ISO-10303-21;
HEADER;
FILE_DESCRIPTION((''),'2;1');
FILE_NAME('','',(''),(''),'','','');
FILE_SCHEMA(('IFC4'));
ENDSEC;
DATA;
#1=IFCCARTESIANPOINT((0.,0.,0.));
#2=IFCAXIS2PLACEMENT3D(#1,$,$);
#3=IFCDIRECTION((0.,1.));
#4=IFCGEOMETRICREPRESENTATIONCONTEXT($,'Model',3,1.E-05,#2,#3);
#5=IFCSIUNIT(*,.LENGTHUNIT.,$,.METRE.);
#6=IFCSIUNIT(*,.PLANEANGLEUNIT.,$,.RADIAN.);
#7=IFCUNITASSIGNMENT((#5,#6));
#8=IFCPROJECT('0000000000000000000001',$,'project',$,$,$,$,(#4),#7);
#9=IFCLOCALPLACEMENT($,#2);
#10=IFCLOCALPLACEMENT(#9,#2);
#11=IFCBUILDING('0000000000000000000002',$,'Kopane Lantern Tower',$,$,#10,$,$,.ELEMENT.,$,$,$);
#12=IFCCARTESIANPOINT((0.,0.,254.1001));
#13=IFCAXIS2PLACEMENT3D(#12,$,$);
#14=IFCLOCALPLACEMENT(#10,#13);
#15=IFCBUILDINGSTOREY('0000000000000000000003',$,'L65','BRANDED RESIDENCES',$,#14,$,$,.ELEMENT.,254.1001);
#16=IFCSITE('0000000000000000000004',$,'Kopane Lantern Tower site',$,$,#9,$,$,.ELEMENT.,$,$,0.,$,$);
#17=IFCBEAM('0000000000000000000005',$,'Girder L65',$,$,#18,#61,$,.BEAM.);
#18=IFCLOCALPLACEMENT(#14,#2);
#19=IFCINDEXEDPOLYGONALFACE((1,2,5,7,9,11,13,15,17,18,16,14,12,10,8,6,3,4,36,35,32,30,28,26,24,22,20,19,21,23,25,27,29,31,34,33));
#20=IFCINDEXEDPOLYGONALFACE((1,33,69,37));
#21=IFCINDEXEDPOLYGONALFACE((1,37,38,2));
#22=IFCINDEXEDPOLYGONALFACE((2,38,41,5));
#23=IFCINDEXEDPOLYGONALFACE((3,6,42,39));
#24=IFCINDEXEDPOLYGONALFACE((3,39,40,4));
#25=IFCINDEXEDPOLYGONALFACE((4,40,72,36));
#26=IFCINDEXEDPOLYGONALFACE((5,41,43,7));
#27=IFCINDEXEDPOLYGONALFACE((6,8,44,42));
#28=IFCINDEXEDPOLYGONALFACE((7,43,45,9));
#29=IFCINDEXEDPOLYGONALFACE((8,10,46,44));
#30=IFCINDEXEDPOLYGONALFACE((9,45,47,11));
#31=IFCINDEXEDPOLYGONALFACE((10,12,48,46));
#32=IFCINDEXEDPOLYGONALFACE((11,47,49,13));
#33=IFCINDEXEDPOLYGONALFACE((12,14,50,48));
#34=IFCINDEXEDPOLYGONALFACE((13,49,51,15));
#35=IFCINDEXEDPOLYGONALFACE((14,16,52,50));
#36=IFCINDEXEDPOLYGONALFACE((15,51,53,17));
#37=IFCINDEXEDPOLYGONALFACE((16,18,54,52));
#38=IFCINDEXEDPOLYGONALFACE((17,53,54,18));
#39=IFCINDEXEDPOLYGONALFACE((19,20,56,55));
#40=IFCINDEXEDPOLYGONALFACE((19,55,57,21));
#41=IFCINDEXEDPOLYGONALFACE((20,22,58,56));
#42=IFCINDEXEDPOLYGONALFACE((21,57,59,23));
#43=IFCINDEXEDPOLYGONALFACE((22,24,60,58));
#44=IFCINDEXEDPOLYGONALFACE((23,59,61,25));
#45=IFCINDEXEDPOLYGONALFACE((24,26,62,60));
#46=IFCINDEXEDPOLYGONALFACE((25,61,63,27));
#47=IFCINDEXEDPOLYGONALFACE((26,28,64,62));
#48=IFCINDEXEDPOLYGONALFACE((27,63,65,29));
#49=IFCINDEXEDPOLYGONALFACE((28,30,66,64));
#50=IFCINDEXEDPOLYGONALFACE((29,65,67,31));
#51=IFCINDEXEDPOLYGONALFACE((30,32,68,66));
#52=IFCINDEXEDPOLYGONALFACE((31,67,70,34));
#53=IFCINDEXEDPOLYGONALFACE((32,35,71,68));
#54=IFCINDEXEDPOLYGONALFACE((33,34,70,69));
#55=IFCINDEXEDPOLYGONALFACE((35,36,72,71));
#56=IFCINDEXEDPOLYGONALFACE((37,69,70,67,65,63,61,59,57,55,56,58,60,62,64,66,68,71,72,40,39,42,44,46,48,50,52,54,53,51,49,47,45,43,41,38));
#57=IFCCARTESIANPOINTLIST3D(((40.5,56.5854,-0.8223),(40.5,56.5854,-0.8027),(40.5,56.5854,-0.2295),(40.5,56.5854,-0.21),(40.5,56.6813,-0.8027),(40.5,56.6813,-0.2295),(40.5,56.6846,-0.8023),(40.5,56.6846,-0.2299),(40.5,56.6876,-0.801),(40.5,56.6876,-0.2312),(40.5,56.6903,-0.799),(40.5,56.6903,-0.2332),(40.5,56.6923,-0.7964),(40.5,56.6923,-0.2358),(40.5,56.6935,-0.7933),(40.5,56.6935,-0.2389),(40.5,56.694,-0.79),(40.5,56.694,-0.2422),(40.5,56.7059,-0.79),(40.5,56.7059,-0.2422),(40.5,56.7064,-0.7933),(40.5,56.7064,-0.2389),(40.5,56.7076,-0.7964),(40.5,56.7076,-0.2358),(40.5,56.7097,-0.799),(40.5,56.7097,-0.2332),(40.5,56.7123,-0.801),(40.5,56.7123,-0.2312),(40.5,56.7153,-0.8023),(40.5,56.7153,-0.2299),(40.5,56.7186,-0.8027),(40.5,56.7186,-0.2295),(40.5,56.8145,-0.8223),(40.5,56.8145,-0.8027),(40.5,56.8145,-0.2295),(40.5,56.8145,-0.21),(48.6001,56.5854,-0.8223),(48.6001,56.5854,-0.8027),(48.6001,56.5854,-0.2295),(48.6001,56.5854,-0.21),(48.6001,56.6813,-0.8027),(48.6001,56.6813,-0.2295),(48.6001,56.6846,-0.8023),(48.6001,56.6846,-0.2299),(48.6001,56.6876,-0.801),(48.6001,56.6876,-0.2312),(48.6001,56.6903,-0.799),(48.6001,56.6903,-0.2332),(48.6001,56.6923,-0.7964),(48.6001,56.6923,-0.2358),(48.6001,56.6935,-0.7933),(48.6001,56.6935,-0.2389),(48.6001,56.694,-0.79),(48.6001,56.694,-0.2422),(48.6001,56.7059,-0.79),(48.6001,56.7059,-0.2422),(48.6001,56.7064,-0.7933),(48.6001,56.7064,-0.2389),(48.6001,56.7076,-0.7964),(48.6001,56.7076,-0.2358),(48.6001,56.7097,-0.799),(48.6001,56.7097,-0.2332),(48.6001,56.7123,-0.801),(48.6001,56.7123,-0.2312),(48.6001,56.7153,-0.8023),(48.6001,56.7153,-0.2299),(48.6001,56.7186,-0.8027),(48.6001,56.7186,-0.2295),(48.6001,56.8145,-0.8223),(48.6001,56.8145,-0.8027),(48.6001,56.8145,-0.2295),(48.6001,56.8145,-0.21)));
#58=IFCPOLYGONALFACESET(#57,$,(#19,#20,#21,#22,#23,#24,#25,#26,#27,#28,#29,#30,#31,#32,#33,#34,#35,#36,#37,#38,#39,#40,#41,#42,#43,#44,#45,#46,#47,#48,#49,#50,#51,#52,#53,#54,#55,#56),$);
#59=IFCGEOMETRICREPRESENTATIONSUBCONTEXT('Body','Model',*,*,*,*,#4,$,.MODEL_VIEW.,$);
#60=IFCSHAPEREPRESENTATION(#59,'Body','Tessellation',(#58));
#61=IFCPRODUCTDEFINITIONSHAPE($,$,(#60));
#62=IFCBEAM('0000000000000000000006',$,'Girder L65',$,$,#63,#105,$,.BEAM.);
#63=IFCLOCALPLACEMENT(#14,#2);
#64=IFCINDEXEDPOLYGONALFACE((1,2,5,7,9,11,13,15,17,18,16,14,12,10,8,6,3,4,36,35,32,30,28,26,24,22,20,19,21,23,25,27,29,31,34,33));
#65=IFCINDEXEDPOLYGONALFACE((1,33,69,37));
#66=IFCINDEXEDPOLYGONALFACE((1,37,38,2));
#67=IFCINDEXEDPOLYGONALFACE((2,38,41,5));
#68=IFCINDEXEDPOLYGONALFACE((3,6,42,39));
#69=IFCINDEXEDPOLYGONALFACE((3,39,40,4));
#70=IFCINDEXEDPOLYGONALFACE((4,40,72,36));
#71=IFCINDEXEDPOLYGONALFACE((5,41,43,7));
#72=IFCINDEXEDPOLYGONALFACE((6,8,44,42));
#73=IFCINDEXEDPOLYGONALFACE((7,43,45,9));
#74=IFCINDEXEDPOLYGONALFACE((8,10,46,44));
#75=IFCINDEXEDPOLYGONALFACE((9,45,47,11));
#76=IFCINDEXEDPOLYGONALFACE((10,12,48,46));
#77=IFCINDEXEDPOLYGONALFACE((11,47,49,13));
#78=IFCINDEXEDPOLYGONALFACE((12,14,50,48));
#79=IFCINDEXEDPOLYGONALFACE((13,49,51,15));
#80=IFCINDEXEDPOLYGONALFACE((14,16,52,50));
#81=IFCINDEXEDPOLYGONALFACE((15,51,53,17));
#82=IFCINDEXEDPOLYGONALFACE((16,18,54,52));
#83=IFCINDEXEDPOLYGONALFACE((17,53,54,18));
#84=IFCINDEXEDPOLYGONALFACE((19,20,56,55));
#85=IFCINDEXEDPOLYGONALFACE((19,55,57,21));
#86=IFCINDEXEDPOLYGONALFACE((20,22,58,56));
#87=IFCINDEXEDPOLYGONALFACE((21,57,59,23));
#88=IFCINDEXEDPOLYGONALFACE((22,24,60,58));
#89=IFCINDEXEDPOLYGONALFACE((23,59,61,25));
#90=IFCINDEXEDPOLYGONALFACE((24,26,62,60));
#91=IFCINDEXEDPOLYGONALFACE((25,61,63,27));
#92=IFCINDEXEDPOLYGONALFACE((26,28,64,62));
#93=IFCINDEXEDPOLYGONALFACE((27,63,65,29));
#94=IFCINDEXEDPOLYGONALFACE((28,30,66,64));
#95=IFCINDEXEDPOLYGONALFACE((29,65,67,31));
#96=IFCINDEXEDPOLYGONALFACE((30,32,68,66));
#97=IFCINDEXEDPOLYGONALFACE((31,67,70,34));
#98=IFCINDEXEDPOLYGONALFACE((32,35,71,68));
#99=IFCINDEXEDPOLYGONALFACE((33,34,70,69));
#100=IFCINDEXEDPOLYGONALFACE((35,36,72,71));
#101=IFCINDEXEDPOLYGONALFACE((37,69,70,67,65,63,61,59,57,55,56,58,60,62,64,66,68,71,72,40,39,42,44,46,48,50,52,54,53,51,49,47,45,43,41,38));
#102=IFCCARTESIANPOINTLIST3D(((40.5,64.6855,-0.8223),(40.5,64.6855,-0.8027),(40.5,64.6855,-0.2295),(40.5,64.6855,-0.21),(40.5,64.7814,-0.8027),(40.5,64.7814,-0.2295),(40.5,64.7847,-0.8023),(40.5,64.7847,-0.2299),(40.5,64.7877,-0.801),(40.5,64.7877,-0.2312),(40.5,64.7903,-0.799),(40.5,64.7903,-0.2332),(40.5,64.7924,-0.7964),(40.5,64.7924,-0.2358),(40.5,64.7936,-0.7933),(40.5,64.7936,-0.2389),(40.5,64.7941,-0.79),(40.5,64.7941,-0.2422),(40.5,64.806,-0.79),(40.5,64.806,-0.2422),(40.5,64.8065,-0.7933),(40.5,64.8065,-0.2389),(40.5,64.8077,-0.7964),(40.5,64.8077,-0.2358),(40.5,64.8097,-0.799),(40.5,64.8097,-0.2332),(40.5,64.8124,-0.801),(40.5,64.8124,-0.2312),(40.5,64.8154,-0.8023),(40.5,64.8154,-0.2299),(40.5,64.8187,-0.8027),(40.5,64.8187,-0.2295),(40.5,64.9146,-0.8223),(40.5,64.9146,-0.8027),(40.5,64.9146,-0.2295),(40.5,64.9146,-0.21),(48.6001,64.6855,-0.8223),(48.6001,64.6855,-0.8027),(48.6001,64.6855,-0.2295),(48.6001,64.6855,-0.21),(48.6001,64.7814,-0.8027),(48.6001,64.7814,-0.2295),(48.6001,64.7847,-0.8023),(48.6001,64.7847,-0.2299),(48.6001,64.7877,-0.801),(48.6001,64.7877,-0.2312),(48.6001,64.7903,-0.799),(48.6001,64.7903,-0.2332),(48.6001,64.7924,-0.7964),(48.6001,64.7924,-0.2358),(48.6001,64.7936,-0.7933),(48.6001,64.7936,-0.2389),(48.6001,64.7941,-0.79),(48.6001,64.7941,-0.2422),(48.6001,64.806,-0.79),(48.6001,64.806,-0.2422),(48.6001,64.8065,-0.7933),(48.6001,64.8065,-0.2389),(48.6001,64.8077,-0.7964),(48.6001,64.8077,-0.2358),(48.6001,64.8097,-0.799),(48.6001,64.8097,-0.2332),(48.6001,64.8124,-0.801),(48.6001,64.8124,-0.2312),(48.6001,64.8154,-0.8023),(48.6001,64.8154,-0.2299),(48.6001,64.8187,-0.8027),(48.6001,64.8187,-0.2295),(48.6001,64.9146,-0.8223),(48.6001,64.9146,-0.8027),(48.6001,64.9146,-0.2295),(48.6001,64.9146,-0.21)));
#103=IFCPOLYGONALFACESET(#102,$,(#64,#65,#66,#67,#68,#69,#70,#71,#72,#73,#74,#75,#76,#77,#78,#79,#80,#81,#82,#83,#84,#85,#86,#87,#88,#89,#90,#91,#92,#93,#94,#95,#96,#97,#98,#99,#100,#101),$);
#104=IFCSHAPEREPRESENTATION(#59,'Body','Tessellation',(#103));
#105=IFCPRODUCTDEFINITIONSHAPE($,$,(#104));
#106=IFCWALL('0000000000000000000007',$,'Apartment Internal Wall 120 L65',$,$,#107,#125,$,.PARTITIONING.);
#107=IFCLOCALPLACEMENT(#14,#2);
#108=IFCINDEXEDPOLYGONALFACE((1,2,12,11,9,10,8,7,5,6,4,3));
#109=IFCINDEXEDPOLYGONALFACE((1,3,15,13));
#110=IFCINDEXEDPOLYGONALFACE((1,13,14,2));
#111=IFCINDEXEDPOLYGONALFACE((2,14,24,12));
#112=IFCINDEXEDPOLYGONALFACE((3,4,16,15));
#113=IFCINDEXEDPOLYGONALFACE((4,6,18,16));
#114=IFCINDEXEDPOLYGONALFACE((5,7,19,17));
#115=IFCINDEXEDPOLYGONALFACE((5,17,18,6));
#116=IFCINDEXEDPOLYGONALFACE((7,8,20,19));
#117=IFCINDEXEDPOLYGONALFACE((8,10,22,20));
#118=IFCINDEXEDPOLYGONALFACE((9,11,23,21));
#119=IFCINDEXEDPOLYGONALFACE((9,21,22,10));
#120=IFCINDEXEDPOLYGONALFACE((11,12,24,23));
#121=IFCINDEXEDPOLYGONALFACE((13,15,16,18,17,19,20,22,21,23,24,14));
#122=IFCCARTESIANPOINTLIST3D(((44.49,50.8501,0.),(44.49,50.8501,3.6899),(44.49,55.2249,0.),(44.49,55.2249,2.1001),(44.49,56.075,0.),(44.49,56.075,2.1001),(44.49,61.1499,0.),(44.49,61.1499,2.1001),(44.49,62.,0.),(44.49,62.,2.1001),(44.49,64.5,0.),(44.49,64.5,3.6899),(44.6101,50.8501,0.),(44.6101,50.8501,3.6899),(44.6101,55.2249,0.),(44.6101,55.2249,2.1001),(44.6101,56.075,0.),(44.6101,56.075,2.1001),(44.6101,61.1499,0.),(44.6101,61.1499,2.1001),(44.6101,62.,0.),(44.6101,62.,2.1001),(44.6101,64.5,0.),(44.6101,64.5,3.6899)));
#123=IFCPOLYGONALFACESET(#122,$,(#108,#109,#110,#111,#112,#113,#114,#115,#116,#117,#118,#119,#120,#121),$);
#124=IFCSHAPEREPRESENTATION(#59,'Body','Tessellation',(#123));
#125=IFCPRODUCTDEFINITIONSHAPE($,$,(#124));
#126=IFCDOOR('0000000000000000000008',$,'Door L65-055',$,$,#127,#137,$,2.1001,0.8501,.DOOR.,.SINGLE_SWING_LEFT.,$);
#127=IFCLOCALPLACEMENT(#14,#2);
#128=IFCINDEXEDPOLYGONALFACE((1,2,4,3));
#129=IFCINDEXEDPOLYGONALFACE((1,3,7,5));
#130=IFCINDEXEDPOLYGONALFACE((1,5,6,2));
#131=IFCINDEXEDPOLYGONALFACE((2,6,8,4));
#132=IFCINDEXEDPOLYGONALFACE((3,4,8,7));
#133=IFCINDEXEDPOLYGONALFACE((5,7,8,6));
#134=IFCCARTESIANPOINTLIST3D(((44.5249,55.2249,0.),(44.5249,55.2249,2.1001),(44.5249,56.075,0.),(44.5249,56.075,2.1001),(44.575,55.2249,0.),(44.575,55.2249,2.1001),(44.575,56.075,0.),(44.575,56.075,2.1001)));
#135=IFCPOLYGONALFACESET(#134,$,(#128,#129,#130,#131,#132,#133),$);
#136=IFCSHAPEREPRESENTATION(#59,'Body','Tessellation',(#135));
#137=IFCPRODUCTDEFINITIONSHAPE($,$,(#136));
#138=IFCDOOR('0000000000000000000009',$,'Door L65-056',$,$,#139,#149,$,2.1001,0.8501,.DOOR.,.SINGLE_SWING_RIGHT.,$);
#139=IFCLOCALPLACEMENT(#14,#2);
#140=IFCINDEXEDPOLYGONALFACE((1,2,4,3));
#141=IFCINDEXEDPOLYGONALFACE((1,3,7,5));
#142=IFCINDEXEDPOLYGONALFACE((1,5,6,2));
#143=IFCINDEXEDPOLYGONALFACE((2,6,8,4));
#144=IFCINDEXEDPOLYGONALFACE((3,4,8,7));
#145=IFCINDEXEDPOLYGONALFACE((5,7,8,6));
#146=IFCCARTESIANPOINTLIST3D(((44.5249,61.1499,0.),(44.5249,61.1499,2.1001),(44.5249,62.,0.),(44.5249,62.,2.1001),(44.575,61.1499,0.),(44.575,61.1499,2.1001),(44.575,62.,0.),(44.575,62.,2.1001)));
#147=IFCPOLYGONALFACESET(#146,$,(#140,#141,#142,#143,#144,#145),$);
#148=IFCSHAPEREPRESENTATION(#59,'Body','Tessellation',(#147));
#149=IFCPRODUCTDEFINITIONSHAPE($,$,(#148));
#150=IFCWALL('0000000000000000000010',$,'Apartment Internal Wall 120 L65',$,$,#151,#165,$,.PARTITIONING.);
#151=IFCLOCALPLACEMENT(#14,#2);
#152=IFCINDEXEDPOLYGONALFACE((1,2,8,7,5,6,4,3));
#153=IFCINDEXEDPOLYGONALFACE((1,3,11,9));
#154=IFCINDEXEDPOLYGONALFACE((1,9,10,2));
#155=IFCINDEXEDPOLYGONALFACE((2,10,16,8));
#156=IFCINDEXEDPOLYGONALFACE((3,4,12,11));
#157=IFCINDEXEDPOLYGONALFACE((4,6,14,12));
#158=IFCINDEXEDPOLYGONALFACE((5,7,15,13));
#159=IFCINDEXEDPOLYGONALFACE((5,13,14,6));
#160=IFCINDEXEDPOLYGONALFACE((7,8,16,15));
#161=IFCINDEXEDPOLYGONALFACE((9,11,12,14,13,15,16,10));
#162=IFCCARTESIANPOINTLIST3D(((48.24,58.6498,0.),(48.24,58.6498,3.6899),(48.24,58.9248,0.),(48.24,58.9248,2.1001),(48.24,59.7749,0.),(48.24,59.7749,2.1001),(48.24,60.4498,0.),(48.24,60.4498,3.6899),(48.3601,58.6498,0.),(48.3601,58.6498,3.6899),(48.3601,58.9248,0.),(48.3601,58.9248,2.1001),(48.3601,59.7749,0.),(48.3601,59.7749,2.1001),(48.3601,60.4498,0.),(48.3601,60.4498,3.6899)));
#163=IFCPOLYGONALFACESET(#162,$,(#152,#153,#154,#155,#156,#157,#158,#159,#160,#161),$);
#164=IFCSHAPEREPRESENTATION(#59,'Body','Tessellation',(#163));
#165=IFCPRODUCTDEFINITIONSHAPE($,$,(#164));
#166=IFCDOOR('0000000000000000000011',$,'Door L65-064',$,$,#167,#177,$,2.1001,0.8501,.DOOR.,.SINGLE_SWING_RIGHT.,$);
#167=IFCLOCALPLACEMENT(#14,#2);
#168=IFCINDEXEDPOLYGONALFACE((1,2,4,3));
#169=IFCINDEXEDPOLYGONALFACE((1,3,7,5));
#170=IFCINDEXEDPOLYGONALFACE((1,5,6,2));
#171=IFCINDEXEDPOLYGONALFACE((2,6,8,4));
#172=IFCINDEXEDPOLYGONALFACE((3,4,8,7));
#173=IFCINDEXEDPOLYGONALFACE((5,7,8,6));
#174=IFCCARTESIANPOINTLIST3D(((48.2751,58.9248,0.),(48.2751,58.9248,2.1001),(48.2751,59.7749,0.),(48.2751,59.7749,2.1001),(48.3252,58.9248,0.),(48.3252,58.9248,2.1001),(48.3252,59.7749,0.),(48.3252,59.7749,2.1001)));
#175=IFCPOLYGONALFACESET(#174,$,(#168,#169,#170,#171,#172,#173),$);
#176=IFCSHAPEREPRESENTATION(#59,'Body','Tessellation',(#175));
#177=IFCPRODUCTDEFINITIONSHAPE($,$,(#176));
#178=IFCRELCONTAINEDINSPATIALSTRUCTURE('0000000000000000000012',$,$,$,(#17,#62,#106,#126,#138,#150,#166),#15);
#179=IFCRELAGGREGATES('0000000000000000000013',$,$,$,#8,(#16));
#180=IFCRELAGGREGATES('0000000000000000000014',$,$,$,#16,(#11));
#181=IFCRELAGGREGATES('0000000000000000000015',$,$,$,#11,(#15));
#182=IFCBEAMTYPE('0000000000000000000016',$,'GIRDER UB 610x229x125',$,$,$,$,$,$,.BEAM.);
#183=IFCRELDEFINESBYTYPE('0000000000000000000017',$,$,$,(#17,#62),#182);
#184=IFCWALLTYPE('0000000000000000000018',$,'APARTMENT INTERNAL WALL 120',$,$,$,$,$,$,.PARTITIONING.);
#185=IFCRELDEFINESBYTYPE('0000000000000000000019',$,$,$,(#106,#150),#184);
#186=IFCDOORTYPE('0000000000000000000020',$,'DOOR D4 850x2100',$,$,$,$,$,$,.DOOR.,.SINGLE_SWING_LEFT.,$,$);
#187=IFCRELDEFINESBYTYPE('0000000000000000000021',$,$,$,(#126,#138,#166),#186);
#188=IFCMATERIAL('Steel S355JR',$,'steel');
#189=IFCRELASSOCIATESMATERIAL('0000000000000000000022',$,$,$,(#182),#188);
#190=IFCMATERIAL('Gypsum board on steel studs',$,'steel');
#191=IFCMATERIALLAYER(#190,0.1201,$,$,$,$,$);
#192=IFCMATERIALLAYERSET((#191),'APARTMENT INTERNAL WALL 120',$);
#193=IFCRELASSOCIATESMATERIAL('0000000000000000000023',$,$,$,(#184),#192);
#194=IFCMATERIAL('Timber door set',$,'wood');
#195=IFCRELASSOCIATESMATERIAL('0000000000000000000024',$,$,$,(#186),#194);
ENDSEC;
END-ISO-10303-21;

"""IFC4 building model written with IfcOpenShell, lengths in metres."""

from ifc_helpers import new_model, si_unit, direction, frame, frame_2d, origin, origin_2d, place, context, subcontext, project, spatial, rectangle, i_section, extrude, material, layer, layer_set, material_profile, profile_set, type_object, element, fill, save


model = new_model("IFC4")

# Units and contexts
model_context = context("Model", 3, precision=1e-05, world=origin(), true_north=direction((0.0, 1.0)))
body_context = subcontext(model_context, "Body", "Model", "MODEL_VIEW")
ifc_project = project(units=[si_unit("LENGTHUNIT", "METRE"), si_unit("PLANEANGLEUNIT", "RADIAN")], contexts=[model_context])

# Site, building, storey
site_placement = place(None, origin())
site = spatial("IfcSite", under=ifc_project, at=site_placement, Name="Kopane Lantern Tower site", CompositionType="ELEMENT", RefElevation=0.0)
building_placement = place(site_placement, origin())
building = spatial("IfcBuilding", under=site, at=building_placement, Name="Kopane Lantern Tower", CompositionType="ELEMENT")
storey_placement = place(building_placement, frame((0.0, 0.0, 254.1001)))
storey = spatial("IfcBuildingStorey", under=building, at=storey_placement, Name="L65", Description="BRANDED RESIDENCES", CompositionType="ELEMENT", Elevation=254.1001)

# Beams
ifc_material_1 = material(Name="Steel S355JR", Category="steel")
ifc_material_profile_1 = material_profile(ifc_material_1, i_section(OverallWidth=0.229, OverallDepth=0.6123, WebThickness=0.012, FlangeThickness=0.0195, FilletRadius=0.0127, at=origin_2d()), Name="UB 610x229x125")
ifc_profile_set_1 = profile_set([ifc_material_profile_1], Name="Steel S355JR")
beam_type = type_object("IfcBeamType", Name="GIRDER UB 610x229x125", PredefinedType="BEAM", material=ifc_profile_set_1)
for number, where, z_axis, x_axis, name in (
    (1, (40.5, 56.7, -0.5161), (1.0, 0.0, 0.0), (0.0, 1.0, 0.0), "Girder L65"),
    (2, (40.5, 64.8, -0.5161), (1.0, 0.0, 0.0), (0.0, 1.0, 0.0), "Girder L65"),
):
    element("IfcBeam", number, at=place(storey_placement, frame(where, z_axis=z_axis, x_axis=x_axis)), inside=storey, type_object=beam_type, Name=name, PredefinedType="BEAM", context=body_context, shape_type="SweptSolid", body=[
        extrude(i_section(OverallWidth=0.229, OverallDepth=0.6123, WebThickness=0.012, FlangeThickness=0.0195, FilletRadius=0.0127, at=origin_2d()), origin(), (0.0, 0.0, 1.0), 8.1001),
    ])

# Wall, openings, doors
ifc_material_2 = material(Name="Gypsum board on steel studs", Category="steel")
ifc_layer_1 = layer(ifc_material_2, 0.1201)
ifc_layer_set_1 = layer_set([ifc_layer_1], Name="APARTMENT INTERNAL WALL 120")
wall_type_1 = type_object("IfcWallType", Name="APARTMENT INTERNAL WALL 120", PredefinedType="PARTITIONING", material=ifc_layer_set_1)
wall_1_placement = place(storey_placement, frame((44.55, 64.5, 0.0), z_axis=(0.0, 0.0, 1.0), x_axis=(0.0, -1.0, 0.0)))
wall_1 = element("IfcWall", 3, at=wall_1_placement, inside=storey, type_object=wall_type_1, Name="Apartment Internal Wall 120 L65", PredefinedType="PARTITIONING", context=body_context, shape_type="SweptSolid", body=[
    extrude(rectangle(XDim=13.6499, YDim=0.1201, at=frame_2d((6.825, 0.0))), origin(), (0.0, 0.0, 1.0), 3.6899),
])
opening_1_placement = place(wall_1_placement, frame((8.425, 0.0, 0.0)))
opening_1 = element("IfcOpeningElement", 4, at=opening_1_placement, cuts=wall_1, PredefinedType="OPENING", context=body_context, shape_type="SweptSolid", body=[
    extrude(rectangle(XDim=0.8501, YDim=2.1001, at=frame_2d((0.425, 1.05))), frame((0.0, 0.0701, 0.0), z_axis=(0.0, -1.0, 0.0), x_axis=(1.0, 0.0, 0.0)), (0.0, 0.0, 1.0), 0.1401),
])
opening_2_placement = place(wall_1_placement, frame((2.5, 0.0, 0.0)))
opening_2 = element("IfcOpeningElement", 5, at=opening_2_placement, cuts=wall_1, PredefinedType="OPENING", context=body_context, shape_type="SweptSolid", body=[
    extrude(rectangle(XDim=0.8501, YDim=2.1001, at=frame_2d((0.425, 1.05))), frame((0.0, 0.0701, 0.0), z_axis=(0.0, -1.0, 0.0), x_axis=(1.0, 0.0, 0.0)), (0.0, 0.0, 1.0), 0.1401),
])
ifc_material_3 = material(Name="Timber door set", Category="wood")
door_type = type_object("IfcDoorType", Name="DOOR D4 850x2100", OperationType="SINGLE_SWING_LEFT", PredefinedType="DOOR", material=ifc_material_3)
door_1_placement = place(opening_1_placement, origin())
door_1 = element("IfcDoor", 6, at=door_1_placement, inside=storey, type_object=door_type, Name="Door L65-055", OperationType="SINGLE_SWING_LEFT", OverallHeight=2.1001, OverallWidth=0.8501, PredefinedType="DOOR", context=body_context, shape_type="SweptSolid", body=[
    extrude(rectangle(XDim=0.8501, YDim=2.1001, at=frame_2d((0.425, 1.05))), frame((0.0, 0.0249, 0.0), z_axis=(0.0, -1.0, 0.0), x_axis=(1.0, 0.0, 0.0)), (0.0, 0.0, 1.0), 0.05),
])
fill(opening_1, door_1)
door_2_placement = place(opening_2_placement, origin())
door_2 = element("IfcDoor", 7, at=door_2_placement, inside=storey, type_object=door_type, Name="Door L65-056", OperationType="SINGLE_SWING_RIGHT", OverallHeight=2.1001, OverallWidth=0.8501, PredefinedType="DOOR", context=body_context, shape_type="SweptSolid", body=[
    extrude(rectangle(XDim=0.8501, YDim=2.1001, at=frame_2d((0.425, 1.05))), frame((0.0, 0.0249, 0.0), z_axis=(0.0, -1.0, 0.0), x_axis=(1.0, 0.0, 0.0)), (0.0, 0.0, 1.0), 0.05),
])
fill(opening_2, door_2)

# Wall, opening, door
wall_2_placement = place(storey_placement, frame((48.3, 58.6499, 0.0), z_axis=(0.0, 0.0, 1.0), x_axis=(0.0, 1.0, 0.0)))
wall_2 = element("IfcWall", 8, at=wall_2_placement, inside=storey, type_object=wall_type_1, Name="Apartment Internal Wall 120 L65", PredefinedType="PARTITIONING", context=body_context, shape_type="SweptSolid", body=[
    extrude(rectangle(XDim=1.8, YDim=0.1201, at=frame_2d((0.8999, 0.0))), origin(), (0.0, 0.0, 1.0), 3.6899),
])
opening_3_placement = place(wall_2_placement, frame((0.2749, 0.0, 0.0)))
opening_3 = element("IfcOpeningElement", 9, at=opening_3_placement, cuts=wall_2, PredefinedType="OPENING", context=body_context, shape_type="SweptSolid", body=[
    extrude(rectangle(XDim=0.8501, YDim=2.1001, at=frame_2d((0.425, 1.05))), frame((0.0, 0.0701, 0.0), z_axis=(0.0, -1.0, 0.0), x_axis=(1.0, 0.0, 0.0)), (0.0, 0.0, 1.0), 0.1401),
])
door_3_placement = place(opening_3_placement, origin())
door_3 = element("IfcDoor", 10, at=door_3_placement, inside=storey, type_object=door_type, Name="Door L65-064", OperationType="SINGLE_SWING_RIGHT", OverallHeight=2.1001, OverallWidth=0.8501, PredefinedType="DOOR", context=body_context, shape_type="SweptSolid", body=[
    extrude(rectangle(XDim=0.8501, YDim=2.1001, at=frame_2d((0.425, 1.05))), frame((0.0, 0.0249, 0.0), z_axis=(0.0, -1.0, 0.0), x_axis=(1.0, 0.0, 0.0)), (0.0, 0.0, 1.0), 0.05),
])
fill(opening_3, door_3)

save(model, "model.ifc")
